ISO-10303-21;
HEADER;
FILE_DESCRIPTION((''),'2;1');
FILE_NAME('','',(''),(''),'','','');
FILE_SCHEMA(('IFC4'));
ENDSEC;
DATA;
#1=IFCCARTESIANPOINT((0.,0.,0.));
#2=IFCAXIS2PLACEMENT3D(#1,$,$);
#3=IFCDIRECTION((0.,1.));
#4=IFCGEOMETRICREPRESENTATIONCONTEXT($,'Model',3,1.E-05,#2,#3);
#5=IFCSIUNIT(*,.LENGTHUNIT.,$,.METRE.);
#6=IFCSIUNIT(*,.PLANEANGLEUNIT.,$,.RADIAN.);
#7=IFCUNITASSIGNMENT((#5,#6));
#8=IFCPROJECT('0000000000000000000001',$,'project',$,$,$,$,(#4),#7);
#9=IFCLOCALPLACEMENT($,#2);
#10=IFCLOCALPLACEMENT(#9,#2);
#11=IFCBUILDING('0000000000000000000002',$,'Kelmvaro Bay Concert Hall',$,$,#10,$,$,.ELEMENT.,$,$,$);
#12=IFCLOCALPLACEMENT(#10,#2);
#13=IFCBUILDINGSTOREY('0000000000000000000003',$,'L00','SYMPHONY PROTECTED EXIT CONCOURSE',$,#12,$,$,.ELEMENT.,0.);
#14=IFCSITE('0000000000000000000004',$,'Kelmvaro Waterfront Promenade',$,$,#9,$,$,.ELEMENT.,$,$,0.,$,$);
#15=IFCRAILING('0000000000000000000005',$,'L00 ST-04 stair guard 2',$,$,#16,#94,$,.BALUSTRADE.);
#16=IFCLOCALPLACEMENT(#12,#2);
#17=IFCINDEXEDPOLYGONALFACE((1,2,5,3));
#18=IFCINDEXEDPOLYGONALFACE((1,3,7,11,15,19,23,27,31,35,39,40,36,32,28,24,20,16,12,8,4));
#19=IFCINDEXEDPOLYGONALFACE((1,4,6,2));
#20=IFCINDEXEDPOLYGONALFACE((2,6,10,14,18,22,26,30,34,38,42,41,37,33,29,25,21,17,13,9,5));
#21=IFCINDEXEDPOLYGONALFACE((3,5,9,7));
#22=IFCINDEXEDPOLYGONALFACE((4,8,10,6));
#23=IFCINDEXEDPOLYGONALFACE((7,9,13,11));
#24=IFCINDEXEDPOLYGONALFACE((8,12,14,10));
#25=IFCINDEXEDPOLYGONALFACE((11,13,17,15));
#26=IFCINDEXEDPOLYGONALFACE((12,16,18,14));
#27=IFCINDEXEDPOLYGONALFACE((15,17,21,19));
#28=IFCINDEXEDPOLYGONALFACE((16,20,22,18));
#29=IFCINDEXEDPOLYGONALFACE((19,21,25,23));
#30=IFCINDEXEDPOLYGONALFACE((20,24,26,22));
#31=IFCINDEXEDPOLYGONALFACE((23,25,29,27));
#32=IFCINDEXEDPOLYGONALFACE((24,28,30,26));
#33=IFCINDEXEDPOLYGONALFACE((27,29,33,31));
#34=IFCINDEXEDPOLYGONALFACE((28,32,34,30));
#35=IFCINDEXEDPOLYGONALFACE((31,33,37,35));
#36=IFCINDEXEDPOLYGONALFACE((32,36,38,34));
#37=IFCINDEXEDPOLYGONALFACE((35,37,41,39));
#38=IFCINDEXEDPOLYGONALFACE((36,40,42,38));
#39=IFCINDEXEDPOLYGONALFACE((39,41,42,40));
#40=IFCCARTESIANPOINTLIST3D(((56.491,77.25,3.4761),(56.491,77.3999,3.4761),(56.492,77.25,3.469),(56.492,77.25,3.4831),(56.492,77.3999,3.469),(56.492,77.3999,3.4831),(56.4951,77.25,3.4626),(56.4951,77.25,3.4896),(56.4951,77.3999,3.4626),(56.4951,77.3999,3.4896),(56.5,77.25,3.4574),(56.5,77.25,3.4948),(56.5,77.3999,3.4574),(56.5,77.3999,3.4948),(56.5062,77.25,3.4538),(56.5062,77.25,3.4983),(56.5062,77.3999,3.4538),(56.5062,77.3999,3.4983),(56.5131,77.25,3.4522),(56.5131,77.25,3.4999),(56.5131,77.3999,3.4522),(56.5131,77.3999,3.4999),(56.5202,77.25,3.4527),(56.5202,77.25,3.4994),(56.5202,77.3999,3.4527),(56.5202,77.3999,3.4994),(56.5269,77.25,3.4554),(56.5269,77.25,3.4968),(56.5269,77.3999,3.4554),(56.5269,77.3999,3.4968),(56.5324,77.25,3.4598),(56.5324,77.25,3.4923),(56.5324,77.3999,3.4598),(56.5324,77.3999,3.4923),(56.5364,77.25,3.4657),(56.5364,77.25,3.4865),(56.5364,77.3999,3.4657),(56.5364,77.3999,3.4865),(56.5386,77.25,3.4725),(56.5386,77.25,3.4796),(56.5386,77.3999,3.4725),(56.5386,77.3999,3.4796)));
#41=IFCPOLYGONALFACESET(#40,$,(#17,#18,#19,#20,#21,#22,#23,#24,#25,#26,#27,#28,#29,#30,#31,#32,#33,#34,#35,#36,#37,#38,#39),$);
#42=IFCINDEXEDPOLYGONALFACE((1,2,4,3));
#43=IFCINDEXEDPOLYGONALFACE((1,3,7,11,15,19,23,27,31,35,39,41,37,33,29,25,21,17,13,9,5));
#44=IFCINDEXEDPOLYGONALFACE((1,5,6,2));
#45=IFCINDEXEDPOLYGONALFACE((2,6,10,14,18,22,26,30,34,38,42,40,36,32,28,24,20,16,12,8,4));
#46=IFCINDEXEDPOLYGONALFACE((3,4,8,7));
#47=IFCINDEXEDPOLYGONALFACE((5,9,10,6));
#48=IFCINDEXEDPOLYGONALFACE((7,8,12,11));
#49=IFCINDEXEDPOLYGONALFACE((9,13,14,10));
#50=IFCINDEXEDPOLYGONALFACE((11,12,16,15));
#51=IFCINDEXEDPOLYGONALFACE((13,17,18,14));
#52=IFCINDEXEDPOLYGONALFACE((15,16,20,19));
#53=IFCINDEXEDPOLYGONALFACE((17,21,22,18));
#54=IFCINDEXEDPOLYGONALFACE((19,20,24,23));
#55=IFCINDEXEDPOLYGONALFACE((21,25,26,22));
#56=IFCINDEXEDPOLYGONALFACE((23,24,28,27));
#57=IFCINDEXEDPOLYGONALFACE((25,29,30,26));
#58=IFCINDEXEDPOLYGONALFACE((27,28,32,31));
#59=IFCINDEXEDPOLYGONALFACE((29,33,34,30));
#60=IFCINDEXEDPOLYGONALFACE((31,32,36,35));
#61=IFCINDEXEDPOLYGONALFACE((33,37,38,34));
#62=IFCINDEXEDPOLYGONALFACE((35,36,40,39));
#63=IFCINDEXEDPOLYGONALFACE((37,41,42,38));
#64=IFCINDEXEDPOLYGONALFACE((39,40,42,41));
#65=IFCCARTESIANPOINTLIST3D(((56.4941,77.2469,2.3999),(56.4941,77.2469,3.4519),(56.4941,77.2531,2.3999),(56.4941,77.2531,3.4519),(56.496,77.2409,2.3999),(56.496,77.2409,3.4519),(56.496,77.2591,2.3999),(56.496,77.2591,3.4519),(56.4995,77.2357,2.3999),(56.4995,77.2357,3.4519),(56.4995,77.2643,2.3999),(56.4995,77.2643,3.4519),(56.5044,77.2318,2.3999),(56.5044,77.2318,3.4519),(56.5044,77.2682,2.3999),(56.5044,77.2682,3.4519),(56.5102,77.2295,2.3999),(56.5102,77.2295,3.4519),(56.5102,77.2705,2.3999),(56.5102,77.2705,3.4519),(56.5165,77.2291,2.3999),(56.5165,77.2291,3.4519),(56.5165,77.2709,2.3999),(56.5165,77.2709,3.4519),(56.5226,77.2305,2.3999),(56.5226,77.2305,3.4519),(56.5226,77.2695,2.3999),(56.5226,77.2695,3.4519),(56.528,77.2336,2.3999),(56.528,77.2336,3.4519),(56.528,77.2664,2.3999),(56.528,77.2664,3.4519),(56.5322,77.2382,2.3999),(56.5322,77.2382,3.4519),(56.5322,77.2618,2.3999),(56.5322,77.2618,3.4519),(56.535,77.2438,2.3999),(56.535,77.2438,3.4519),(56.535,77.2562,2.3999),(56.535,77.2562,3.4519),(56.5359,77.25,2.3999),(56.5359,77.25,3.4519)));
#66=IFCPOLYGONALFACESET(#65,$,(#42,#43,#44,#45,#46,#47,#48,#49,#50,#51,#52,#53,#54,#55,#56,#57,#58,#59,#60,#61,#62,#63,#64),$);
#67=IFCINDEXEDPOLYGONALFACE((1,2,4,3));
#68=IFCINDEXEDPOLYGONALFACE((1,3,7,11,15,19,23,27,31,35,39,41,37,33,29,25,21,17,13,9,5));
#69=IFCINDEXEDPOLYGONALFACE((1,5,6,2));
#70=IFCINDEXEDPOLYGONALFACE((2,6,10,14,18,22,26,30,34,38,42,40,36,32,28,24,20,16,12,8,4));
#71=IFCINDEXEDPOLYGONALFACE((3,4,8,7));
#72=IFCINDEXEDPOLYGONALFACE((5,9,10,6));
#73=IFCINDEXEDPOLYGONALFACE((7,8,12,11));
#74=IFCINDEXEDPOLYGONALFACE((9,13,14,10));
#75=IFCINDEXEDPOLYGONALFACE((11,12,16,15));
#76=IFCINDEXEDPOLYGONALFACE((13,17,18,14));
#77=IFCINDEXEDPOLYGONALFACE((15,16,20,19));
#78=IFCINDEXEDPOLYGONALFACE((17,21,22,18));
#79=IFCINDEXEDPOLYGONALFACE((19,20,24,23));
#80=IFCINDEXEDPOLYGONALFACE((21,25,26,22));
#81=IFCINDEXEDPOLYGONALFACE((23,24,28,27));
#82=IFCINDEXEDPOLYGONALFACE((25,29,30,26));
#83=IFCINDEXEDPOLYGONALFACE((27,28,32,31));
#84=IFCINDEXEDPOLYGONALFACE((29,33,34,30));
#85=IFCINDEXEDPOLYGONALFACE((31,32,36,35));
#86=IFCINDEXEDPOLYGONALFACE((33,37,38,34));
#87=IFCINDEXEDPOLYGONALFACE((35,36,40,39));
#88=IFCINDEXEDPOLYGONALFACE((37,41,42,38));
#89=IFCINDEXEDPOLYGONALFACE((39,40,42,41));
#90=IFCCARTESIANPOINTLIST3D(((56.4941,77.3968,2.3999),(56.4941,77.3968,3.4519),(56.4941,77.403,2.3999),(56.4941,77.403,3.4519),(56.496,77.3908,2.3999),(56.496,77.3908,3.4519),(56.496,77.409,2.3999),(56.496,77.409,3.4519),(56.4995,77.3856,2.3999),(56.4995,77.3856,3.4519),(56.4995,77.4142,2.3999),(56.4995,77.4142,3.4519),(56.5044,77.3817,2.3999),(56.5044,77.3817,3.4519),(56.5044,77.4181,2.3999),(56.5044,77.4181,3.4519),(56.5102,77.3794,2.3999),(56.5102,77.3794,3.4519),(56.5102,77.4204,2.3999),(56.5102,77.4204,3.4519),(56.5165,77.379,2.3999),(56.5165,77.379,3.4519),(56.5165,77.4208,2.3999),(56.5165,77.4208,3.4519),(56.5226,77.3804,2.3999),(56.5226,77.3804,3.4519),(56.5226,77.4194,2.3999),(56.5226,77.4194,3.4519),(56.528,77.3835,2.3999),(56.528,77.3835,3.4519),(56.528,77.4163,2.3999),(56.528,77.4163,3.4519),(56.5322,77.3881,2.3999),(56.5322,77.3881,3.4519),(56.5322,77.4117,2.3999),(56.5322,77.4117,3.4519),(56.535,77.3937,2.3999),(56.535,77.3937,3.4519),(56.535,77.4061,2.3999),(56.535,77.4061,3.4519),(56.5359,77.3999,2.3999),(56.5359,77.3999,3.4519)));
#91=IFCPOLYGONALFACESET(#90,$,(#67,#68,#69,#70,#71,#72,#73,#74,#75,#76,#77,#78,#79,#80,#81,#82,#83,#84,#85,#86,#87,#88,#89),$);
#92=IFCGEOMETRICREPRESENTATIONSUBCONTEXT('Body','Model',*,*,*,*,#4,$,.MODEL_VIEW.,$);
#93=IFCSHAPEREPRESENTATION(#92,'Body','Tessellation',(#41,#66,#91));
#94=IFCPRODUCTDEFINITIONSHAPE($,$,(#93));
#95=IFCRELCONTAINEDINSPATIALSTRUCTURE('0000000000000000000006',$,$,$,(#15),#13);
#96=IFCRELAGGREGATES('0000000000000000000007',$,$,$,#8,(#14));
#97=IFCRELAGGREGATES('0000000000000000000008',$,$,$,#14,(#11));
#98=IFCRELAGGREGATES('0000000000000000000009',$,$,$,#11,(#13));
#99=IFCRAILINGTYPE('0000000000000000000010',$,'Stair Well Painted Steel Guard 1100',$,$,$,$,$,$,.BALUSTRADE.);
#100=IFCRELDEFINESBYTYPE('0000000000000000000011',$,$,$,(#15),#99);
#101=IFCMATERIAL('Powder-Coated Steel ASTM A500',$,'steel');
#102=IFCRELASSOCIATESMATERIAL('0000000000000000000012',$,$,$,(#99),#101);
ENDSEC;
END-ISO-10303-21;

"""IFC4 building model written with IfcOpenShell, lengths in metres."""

from ifc_helpers import new_model, si_unit, direction, frame, origin, origin_2d, place, context, subcontext, project, spatial, circle, extrude, material, type_object, element, save


model = new_model("IFC4")

# Units and contexts
model_context = context("Model", 3, precision=1e-05, world=origin(), true_north=direction((0.0, 1.0)))
body_context = subcontext(model_context, "Body", "Model", "MODEL_VIEW")
ifc_project = project(units=[si_unit("LENGTHUNIT", "METRE"), si_unit("PLANEANGLEUNIT", "RADIAN")], contexts=[model_context])

# Site, building, storey
site_placement = place(None, origin())
site = spatial("IfcSite", under=ifc_project, at=site_placement, Name="Kelmvaro Waterfront Promenade", CompositionType="ELEMENT", RefElevation=0.0)
building_placement = place(site_placement, origin())
building = spatial("IfcBuilding", under=site, at=building_placement, Name="Kelmvaro Bay Concert Hall", CompositionType="ELEMENT")
storey_placement = place(building_placement, origin())
storey = spatial("IfcBuildingStorey", under=building, at=storey_placement, Name="L00", Description="SYMPHONY PROTECTED EXIT CONCOURSE", CompositionType="ELEMENT", Elevation=0.0)

# Railing
ifc_material_1 = material(Name="Powder-Coated Steel ASTM A500", Category="steel")
railing_type_1 = type_object("IfcRailingType", Name="Stair Well Painted Steel Guard 1100", PredefinedType="BALUSTRADE", material=ifc_material_1)
railing_1_placement = place(storey_placement, frame((56.5149, 77.25, 2.3999)))
element("IfcRailing", 1, at=railing_1_placement, inside=storey, type_object=railing_type_1, Name="L00 ST-04 stair guard 2", PredefinedType="BALUSTRADE", context=body_context, shape_type="SweptSolid", body=[
    extrude(circle(Radius=0.0239, at=origin_2d()), frame((0.0, 0.0, 1.0762), z_axis=(0.0, 1.0, 0.0), x_axis=(-1.0, 0.0, 0.0)), (0.0, 0.0, 1.0), 0.1499),
    extrude(circle(Radius=0.021, at=origin_2d()), origin(), (0.0, 0.0, 1.0), 1.052),
    extrude(circle(Radius=0.021, at=origin_2d()), frame((0.0, 0.1499, 0.0)), (0.0, 0.0, 1.0), 1.052),
])

save(model, "model.ifc")
